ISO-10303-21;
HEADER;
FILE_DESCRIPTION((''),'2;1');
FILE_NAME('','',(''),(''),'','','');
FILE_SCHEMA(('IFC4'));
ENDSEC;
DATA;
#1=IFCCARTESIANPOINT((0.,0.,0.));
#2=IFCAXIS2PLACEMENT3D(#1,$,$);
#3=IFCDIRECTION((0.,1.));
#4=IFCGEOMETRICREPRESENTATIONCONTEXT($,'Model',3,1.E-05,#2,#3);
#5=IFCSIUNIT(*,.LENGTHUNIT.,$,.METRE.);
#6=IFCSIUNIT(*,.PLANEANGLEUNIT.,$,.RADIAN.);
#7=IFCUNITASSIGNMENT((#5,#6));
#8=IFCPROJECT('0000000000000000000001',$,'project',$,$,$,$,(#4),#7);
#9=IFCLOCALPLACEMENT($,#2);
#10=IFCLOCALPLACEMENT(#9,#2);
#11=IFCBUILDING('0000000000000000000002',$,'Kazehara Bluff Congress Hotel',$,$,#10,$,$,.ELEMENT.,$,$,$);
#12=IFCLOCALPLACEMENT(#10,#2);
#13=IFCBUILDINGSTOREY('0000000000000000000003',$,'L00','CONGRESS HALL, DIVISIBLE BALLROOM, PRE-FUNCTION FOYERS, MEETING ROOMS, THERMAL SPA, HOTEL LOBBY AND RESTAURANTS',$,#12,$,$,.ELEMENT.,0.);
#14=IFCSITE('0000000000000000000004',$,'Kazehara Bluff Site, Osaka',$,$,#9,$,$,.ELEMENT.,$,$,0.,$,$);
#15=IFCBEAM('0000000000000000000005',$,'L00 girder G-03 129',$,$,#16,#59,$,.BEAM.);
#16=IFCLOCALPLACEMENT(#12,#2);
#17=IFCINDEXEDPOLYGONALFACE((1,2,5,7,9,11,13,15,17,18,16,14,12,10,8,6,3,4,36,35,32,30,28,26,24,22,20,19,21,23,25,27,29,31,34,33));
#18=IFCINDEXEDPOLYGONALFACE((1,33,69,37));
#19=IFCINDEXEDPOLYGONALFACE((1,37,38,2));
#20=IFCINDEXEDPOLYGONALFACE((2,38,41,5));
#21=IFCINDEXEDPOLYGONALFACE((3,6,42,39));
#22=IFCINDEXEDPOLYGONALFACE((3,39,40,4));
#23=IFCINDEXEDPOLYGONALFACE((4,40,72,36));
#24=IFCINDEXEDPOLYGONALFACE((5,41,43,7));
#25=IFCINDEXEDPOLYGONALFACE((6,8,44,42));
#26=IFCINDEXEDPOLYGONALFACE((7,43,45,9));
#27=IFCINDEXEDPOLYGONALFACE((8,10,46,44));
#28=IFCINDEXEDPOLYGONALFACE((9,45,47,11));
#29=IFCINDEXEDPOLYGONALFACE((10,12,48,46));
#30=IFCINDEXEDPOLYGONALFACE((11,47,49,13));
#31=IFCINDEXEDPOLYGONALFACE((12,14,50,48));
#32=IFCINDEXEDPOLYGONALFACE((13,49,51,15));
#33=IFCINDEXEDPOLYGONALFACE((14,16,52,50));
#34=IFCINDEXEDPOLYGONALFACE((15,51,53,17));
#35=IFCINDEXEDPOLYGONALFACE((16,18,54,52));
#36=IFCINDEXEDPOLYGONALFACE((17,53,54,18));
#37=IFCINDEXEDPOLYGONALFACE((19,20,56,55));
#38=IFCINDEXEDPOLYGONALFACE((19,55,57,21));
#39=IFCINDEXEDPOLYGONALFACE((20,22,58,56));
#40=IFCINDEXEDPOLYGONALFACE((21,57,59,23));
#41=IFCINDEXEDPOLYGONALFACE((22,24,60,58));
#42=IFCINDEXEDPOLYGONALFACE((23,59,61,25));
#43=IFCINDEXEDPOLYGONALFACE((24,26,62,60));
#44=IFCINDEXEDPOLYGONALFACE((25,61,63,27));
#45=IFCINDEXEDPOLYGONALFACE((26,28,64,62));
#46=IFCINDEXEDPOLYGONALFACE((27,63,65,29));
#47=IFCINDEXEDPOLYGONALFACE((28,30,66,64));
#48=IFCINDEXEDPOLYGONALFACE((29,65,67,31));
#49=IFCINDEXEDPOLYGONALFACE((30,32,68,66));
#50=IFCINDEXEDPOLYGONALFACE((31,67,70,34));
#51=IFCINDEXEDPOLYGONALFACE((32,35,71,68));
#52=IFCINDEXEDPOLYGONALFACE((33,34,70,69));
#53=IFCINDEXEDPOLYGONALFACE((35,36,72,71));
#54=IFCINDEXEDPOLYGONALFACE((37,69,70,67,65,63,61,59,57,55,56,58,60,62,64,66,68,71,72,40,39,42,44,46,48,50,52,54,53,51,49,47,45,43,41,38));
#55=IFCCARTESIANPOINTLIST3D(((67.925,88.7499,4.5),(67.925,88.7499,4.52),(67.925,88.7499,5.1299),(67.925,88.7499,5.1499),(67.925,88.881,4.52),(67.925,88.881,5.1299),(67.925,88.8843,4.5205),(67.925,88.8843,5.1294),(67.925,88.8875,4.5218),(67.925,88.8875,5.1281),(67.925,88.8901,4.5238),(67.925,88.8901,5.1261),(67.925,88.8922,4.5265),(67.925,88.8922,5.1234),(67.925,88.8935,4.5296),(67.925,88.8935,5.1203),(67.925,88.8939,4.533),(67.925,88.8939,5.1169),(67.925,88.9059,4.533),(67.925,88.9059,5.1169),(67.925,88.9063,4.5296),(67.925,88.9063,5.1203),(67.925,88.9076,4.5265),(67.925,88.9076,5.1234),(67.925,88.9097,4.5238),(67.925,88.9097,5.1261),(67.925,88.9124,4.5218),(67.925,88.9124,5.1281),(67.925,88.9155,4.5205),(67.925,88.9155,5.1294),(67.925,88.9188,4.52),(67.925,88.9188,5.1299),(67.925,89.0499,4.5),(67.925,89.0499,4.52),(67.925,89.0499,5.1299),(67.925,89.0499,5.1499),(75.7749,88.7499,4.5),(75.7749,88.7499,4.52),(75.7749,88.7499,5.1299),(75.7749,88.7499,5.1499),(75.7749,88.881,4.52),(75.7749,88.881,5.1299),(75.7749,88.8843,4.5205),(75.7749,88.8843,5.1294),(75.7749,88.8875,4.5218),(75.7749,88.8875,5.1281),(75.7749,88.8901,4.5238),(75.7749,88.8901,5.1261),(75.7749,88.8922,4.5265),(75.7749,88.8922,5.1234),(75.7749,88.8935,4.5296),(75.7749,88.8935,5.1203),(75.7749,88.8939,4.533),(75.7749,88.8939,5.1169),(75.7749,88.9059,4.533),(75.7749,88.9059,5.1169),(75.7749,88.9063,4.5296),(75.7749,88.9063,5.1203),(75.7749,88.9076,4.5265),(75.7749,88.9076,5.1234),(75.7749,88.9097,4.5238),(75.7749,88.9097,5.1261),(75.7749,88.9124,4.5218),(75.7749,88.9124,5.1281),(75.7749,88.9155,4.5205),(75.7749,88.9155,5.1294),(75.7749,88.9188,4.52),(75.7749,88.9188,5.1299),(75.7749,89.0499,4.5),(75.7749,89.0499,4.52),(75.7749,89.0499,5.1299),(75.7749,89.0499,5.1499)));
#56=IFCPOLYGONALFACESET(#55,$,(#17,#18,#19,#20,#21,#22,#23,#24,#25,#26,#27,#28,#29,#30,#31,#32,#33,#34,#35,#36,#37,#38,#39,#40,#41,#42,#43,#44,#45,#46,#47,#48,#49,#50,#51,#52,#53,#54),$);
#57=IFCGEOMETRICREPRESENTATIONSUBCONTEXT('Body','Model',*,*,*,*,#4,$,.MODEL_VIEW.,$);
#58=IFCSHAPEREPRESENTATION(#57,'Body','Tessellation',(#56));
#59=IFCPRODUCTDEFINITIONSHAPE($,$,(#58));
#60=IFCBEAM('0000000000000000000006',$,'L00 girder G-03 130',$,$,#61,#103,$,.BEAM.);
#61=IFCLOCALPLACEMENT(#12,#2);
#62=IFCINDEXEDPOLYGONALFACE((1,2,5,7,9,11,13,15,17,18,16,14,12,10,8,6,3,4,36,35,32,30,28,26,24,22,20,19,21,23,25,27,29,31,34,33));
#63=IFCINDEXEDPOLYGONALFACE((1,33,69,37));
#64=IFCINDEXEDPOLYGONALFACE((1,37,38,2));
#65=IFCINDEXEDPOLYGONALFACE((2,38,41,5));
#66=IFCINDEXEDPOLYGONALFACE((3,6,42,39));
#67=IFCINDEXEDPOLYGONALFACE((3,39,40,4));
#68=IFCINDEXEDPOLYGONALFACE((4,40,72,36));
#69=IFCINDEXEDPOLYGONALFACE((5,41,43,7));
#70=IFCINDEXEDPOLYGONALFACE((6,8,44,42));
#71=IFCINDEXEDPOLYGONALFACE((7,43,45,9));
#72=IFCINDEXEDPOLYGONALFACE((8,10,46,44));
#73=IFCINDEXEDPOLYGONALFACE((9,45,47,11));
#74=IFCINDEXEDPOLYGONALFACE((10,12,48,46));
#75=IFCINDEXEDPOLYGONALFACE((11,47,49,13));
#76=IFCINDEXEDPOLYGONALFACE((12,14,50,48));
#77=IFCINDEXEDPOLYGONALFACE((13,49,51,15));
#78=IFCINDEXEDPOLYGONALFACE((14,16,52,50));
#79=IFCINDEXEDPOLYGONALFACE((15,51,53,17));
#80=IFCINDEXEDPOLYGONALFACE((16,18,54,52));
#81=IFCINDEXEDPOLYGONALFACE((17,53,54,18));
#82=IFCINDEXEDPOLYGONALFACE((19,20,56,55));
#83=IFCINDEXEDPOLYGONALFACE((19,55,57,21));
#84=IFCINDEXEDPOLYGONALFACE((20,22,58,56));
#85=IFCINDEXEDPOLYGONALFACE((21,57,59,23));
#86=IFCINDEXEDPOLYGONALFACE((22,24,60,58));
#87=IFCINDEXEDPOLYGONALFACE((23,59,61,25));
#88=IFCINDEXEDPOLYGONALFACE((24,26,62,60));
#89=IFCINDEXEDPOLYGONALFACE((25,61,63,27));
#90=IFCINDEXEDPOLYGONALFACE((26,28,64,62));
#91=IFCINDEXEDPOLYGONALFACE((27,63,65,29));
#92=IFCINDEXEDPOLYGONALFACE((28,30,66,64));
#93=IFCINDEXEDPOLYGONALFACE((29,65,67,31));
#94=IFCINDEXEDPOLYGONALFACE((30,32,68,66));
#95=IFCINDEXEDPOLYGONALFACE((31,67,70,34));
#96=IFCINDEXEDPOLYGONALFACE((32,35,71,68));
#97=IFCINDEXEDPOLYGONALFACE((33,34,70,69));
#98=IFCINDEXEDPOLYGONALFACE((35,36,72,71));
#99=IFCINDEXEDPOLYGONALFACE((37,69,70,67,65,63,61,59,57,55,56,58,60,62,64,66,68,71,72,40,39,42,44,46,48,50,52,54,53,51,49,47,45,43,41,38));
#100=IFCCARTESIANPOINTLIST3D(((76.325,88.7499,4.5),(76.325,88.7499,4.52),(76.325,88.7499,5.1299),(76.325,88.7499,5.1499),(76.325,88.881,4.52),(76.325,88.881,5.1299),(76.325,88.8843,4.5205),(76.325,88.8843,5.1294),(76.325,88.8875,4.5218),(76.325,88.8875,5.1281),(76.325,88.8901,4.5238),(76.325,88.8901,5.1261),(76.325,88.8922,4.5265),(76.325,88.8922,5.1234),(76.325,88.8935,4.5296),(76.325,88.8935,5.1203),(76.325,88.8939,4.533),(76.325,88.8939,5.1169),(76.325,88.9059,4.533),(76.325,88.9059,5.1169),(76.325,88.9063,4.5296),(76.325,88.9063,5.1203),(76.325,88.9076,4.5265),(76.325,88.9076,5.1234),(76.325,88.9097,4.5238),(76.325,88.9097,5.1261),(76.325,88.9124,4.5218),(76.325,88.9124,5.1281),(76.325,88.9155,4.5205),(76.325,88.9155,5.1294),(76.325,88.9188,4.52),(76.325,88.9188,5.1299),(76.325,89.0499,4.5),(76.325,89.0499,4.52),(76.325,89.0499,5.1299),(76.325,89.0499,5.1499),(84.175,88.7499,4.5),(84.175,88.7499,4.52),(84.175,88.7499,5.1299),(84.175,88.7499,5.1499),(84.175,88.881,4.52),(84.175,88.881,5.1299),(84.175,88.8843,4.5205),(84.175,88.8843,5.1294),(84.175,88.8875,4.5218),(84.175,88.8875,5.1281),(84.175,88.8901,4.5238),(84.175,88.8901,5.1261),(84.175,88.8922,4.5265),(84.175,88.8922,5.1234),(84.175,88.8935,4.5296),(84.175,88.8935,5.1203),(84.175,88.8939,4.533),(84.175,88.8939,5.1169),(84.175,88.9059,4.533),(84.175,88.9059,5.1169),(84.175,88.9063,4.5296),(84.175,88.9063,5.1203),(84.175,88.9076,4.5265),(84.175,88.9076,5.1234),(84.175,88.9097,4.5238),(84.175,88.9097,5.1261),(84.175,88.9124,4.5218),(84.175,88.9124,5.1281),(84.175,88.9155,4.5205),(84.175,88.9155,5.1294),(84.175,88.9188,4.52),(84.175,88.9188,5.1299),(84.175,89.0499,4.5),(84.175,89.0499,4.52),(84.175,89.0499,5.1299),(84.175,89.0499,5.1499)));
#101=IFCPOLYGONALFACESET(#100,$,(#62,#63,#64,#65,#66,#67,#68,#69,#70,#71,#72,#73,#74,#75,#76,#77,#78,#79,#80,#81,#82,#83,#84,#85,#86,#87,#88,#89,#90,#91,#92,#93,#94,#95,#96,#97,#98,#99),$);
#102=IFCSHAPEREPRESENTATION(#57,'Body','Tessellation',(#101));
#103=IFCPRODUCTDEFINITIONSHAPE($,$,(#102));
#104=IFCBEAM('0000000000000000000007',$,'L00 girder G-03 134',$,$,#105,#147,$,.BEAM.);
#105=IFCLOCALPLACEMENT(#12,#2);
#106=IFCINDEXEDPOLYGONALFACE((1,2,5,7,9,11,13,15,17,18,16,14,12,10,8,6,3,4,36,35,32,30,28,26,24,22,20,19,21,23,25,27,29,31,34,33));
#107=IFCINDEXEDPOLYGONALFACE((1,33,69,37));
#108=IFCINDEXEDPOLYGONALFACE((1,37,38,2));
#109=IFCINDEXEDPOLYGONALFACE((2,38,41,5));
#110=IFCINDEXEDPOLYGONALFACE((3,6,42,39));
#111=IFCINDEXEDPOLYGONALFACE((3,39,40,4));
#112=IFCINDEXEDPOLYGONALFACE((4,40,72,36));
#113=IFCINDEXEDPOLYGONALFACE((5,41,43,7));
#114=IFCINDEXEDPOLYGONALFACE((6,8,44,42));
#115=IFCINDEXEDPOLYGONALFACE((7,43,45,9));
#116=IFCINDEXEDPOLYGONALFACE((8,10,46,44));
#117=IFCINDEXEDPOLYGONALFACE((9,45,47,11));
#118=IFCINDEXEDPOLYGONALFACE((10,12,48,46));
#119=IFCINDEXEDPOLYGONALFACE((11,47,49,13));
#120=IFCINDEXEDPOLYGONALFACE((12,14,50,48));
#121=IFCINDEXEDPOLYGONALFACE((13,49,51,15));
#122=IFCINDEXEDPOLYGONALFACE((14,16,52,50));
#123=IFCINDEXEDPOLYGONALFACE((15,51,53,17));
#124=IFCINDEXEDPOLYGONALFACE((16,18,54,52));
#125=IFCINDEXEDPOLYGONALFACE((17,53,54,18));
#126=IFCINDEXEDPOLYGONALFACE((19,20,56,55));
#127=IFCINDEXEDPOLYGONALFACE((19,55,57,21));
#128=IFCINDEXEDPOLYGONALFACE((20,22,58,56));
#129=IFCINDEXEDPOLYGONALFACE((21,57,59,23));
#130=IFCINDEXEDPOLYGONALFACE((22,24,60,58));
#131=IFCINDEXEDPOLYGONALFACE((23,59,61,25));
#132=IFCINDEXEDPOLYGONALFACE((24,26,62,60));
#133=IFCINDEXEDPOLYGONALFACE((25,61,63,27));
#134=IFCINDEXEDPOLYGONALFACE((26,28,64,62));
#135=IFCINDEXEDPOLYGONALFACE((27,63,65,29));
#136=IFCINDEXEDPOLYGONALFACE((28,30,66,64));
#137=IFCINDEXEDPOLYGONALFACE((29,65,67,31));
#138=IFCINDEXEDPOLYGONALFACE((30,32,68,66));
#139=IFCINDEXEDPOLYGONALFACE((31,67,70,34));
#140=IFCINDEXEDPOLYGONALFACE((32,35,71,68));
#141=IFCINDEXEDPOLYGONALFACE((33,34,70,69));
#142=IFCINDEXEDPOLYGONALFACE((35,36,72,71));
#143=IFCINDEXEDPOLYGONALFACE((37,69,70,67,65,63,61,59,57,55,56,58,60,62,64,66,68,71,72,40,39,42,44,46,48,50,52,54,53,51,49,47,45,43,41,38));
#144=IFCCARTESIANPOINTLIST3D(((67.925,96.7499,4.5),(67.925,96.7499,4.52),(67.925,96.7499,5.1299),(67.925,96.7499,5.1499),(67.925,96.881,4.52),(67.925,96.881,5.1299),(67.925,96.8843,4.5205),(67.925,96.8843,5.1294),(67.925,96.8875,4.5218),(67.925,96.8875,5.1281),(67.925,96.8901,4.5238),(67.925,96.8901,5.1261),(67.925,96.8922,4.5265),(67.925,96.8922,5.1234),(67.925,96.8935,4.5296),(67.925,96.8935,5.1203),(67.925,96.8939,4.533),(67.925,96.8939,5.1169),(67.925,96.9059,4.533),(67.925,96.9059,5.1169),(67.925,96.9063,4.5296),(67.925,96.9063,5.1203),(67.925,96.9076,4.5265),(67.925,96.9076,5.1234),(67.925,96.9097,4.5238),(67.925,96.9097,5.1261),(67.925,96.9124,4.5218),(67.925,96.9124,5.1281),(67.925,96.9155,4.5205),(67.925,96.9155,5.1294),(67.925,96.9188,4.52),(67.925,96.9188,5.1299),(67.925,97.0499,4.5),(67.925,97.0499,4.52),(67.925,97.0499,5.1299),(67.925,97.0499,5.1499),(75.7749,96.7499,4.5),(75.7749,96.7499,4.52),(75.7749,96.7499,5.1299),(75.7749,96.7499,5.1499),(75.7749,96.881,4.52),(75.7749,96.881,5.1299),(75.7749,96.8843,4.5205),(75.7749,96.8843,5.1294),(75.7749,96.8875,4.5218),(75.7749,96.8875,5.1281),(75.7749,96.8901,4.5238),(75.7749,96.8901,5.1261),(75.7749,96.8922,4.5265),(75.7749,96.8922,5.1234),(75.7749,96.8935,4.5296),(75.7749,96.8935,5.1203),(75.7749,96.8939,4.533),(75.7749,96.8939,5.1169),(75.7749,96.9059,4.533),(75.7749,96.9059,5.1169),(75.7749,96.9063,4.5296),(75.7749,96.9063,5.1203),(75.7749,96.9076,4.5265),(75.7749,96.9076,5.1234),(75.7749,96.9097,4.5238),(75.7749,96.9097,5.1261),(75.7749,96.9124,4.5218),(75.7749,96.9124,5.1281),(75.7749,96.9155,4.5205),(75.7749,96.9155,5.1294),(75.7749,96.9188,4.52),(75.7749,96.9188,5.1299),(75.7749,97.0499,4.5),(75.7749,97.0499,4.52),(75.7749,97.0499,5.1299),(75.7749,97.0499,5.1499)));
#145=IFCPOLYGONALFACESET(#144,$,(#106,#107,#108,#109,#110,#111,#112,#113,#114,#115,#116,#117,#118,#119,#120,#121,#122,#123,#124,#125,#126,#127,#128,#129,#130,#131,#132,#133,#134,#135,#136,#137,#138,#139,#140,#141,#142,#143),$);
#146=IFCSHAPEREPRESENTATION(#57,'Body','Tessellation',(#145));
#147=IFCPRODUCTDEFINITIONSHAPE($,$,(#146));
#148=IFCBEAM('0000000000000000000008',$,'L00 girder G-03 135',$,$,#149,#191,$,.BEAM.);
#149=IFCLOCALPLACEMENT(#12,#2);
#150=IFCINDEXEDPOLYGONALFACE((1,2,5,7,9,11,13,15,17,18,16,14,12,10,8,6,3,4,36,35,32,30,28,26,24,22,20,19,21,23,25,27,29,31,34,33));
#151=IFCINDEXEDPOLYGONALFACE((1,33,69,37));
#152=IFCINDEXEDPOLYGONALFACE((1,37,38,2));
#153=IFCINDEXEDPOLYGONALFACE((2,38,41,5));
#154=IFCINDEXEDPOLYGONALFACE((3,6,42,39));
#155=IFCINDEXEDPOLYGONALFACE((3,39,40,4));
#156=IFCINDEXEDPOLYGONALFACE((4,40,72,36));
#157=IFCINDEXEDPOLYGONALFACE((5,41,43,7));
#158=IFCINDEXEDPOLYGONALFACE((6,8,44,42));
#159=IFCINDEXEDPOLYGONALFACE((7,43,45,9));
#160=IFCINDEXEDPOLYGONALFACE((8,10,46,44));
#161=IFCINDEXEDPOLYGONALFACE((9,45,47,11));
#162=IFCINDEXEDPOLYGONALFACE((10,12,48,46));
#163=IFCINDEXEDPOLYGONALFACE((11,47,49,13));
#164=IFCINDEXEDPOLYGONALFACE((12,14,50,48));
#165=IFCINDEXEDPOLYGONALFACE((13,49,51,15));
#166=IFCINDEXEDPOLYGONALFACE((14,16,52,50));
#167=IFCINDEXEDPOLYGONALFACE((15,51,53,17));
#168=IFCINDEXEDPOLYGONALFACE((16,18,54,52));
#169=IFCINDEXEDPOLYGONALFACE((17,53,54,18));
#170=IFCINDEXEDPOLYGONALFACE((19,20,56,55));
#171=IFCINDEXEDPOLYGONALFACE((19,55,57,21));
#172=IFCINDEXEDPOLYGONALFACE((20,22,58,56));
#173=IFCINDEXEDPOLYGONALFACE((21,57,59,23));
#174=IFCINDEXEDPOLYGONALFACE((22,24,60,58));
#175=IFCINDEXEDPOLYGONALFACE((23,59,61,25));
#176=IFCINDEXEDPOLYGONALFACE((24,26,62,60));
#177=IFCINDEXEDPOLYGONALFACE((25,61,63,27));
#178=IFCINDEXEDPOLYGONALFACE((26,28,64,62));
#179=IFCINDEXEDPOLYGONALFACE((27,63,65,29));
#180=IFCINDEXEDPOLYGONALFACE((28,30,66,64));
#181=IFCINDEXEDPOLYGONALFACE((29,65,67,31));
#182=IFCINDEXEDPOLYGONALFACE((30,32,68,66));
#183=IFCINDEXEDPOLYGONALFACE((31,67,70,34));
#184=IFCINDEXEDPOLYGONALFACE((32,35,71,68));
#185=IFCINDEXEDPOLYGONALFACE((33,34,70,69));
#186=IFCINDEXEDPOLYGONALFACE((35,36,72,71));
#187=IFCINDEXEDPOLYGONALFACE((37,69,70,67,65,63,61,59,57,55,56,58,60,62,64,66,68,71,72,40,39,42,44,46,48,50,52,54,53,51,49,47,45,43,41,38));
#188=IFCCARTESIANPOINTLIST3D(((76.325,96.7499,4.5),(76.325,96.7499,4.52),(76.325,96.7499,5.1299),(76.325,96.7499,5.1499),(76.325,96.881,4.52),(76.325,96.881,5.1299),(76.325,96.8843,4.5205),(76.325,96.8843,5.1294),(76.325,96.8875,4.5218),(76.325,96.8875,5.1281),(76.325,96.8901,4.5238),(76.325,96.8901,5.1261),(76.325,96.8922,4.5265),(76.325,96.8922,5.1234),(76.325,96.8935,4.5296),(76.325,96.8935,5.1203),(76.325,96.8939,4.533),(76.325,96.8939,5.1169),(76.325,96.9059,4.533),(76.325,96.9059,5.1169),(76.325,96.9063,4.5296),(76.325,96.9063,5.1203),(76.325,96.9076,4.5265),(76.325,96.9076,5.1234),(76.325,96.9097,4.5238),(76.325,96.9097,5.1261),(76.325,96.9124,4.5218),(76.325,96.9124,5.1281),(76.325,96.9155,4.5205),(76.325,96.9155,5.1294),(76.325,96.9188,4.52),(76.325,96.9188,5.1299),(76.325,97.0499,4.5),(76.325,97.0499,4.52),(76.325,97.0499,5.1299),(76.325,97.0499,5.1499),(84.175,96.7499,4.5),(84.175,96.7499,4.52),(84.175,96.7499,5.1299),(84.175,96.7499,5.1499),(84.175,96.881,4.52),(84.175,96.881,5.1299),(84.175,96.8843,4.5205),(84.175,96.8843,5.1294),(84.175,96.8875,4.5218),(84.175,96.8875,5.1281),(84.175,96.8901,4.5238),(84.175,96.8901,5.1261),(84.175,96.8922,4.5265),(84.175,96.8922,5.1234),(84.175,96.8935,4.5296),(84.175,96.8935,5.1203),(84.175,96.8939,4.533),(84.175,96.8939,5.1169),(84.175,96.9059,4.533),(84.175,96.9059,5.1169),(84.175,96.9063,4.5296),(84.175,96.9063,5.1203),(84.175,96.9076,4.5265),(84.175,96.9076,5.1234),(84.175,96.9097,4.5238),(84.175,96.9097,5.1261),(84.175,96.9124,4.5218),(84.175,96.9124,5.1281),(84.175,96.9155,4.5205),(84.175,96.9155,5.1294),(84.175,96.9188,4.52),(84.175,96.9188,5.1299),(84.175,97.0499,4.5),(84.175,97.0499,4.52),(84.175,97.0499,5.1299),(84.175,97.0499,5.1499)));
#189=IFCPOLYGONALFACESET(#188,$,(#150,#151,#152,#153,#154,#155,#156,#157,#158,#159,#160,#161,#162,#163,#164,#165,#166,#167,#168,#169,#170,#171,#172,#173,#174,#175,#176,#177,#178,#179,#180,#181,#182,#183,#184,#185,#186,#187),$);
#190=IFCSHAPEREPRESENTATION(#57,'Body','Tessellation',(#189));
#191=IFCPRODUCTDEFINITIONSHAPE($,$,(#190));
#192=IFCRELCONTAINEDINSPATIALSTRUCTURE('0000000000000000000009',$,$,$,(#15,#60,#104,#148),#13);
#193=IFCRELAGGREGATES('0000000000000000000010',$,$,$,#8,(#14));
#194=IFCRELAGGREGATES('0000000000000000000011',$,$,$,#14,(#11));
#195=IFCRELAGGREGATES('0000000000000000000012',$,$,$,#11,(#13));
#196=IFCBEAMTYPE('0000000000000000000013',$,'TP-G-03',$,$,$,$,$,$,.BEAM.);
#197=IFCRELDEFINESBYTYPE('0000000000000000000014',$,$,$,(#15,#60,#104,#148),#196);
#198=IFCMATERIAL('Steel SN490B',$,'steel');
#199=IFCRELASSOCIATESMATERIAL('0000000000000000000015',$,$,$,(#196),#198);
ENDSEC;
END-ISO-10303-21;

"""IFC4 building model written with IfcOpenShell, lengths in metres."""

from ifc_helpers import new_model, si_unit, direction, frame, origin, origin_2d, place, context, subcontext, project, spatial, i_section, extrude, material, material_profile, profile_set, type_object, element, save


model = new_model("IFC4")

# Units and contexts
model_context = context("Model", 3, precision=1e-05, world=origin(), true_north=direction((0.0, 1.0)))
body_context = subcontext(model_context, "Body", "Model", "MODEL_VIEW")
ifc_project = project(units=[si_unit("LENGTHUNIT", "METRE"), si_unit("PLANEANGLEUNIT", "RADIAN")], contexts=[model_context])

# Site, building, storey
site_placement = place(None, origin())
site = spatial("IfcSite", under=ifc_project, at=site_placement, Name="Kazehara Bluff Site, Osaka", CompositionType="ELEMENT", RefElevation=0.0)
building_placement = place(site_placement, origin())
building = spatial("IfcBuilding", under=site, at=building_placement, Name="Kazehara Bluff Congress Hotel", CompositionType="ELEMENT")
storey_placement = place(building_placement, origin())
storey = spatial("IfcBuildingStorey", under=building, at=storey_placement, Name="L00", Description="CONGRESS HALL, DIVISIBLE BALLROOM, PRE-FUNCTION FOYERS, MEETING ROOMS, THERMAL SPA, HOTEL LOBBY AND RESTAURANTS", CompositionType="ELEMENT", Elevation=0.0)

# Beams
ifc_material_1 = material(Name="Steel SN490B", Category="steel")
ifc_material_profile_1 = material_profile(ifc_material_1, i_section(OverallWidth=0.3, OverallDepth=0.6499, WebThickness=0.012, FlangeThickness=0.02, FilletRadius=0.0129, at=origin_2d()))
ifc_profile_set_1 = profile_set([ifc_material_profile_1], Name="Steel SN490B")
beam_type_1 = type_object("IfcBeamType", Name="TP-G-03", PredefinedType="BEAM", material=ifc_profile_set_1)
beam_1_placement = place(storey_placement, frame((67.925, 88.8999, 4.825), z_axis=(1.0, 0.0, 0.0), x_axis=(0.0, 1.0, 0.0)))
element("IfcBeam", 1, at=beam_1_placement, inside=storey, type_object=beam_type_1, Name="L00 girder G-03 129", PredefinedType="BEAM", context=body_context, shape_type="SweptSolid", body=[
    extrude(i_section(OverallWidth=0.3, OverallDepth=0.6499, WebThickness=0.012, FlangeThickness=0.02, FilletRadius=0.0129, at=origin_2d()), origin(), (0.0, 0.0, 1.0), 7.8499),
])
beam_2_placement = place(storey_placement, frame((76.325, 88.8999, 4.825), z_axis=(1.0, 0.0, 0.0), x_axis=(0.0, 1.0, 0.0)))
element("IfcBeam", 2, at=beam_2_placement, inside=storey, type_object=beam_type_1, Name="L00 girder G-03 130", PredefinedType="BEAM", context=body_context, shape_type="SweptSolid", body=[
    extrude(i_section(OverallWidth=0.3, OverallDepth=0.6499, WebThickness=0.012, FlangeThickness=0.02, FilletRadius=0.0129, at=origin_2d()), origin(), (0.0, 0.0, 1.0), 7.8501),
])
beam_3_placement = place(storey_placement, frame((67.925, 96.8999, 4.825), z_axis=(1.0, 0.0, 0.0), x_axis=(0.0, 1.0, 0.0)))
element("IfcBeam", 3, at=beam_3_placement, inside=storey, type_object=beam_type_1, Name="L00 girder G-03 134", PredefinedType="BEAM", context=body_context, shape_type="SweptSolid", body=[
    extrude(i_section(OverallWidth=0.3, OverallDepth=0.6499, WebThickness=0.012, FlangeThickness=0.02, FilletRadius=0.0129, at=origin_2d()), origin(), (0.0, 0.0, 1.0), 7.8499),
])
beam_4_placement = place(storey_placement, frame((76.325, 96.8999, 4.825), z_axis=(1.0, 0.0, 0.0), x_axis=(0.0, 1.0, 0.0)))
element("IfcBeam", 4, at=beam_4_placement, inside=storey, type_object=beam_type_1, Name="L00 girder G-03 135", PredefinedType="BEAM", context=body_context, shape_type="SweptSolid", body=[
    extrude(i_section(OverallWidth=0.3, OverallDepth=0.6499, WebThickness=0.012, FlangeThickness=0.02, FilletRadius=0.0129, at=origin_2d()), origin(), (0.0, 0.0, 1.0), 7.8501),
])

save(model, "model.ifc")
